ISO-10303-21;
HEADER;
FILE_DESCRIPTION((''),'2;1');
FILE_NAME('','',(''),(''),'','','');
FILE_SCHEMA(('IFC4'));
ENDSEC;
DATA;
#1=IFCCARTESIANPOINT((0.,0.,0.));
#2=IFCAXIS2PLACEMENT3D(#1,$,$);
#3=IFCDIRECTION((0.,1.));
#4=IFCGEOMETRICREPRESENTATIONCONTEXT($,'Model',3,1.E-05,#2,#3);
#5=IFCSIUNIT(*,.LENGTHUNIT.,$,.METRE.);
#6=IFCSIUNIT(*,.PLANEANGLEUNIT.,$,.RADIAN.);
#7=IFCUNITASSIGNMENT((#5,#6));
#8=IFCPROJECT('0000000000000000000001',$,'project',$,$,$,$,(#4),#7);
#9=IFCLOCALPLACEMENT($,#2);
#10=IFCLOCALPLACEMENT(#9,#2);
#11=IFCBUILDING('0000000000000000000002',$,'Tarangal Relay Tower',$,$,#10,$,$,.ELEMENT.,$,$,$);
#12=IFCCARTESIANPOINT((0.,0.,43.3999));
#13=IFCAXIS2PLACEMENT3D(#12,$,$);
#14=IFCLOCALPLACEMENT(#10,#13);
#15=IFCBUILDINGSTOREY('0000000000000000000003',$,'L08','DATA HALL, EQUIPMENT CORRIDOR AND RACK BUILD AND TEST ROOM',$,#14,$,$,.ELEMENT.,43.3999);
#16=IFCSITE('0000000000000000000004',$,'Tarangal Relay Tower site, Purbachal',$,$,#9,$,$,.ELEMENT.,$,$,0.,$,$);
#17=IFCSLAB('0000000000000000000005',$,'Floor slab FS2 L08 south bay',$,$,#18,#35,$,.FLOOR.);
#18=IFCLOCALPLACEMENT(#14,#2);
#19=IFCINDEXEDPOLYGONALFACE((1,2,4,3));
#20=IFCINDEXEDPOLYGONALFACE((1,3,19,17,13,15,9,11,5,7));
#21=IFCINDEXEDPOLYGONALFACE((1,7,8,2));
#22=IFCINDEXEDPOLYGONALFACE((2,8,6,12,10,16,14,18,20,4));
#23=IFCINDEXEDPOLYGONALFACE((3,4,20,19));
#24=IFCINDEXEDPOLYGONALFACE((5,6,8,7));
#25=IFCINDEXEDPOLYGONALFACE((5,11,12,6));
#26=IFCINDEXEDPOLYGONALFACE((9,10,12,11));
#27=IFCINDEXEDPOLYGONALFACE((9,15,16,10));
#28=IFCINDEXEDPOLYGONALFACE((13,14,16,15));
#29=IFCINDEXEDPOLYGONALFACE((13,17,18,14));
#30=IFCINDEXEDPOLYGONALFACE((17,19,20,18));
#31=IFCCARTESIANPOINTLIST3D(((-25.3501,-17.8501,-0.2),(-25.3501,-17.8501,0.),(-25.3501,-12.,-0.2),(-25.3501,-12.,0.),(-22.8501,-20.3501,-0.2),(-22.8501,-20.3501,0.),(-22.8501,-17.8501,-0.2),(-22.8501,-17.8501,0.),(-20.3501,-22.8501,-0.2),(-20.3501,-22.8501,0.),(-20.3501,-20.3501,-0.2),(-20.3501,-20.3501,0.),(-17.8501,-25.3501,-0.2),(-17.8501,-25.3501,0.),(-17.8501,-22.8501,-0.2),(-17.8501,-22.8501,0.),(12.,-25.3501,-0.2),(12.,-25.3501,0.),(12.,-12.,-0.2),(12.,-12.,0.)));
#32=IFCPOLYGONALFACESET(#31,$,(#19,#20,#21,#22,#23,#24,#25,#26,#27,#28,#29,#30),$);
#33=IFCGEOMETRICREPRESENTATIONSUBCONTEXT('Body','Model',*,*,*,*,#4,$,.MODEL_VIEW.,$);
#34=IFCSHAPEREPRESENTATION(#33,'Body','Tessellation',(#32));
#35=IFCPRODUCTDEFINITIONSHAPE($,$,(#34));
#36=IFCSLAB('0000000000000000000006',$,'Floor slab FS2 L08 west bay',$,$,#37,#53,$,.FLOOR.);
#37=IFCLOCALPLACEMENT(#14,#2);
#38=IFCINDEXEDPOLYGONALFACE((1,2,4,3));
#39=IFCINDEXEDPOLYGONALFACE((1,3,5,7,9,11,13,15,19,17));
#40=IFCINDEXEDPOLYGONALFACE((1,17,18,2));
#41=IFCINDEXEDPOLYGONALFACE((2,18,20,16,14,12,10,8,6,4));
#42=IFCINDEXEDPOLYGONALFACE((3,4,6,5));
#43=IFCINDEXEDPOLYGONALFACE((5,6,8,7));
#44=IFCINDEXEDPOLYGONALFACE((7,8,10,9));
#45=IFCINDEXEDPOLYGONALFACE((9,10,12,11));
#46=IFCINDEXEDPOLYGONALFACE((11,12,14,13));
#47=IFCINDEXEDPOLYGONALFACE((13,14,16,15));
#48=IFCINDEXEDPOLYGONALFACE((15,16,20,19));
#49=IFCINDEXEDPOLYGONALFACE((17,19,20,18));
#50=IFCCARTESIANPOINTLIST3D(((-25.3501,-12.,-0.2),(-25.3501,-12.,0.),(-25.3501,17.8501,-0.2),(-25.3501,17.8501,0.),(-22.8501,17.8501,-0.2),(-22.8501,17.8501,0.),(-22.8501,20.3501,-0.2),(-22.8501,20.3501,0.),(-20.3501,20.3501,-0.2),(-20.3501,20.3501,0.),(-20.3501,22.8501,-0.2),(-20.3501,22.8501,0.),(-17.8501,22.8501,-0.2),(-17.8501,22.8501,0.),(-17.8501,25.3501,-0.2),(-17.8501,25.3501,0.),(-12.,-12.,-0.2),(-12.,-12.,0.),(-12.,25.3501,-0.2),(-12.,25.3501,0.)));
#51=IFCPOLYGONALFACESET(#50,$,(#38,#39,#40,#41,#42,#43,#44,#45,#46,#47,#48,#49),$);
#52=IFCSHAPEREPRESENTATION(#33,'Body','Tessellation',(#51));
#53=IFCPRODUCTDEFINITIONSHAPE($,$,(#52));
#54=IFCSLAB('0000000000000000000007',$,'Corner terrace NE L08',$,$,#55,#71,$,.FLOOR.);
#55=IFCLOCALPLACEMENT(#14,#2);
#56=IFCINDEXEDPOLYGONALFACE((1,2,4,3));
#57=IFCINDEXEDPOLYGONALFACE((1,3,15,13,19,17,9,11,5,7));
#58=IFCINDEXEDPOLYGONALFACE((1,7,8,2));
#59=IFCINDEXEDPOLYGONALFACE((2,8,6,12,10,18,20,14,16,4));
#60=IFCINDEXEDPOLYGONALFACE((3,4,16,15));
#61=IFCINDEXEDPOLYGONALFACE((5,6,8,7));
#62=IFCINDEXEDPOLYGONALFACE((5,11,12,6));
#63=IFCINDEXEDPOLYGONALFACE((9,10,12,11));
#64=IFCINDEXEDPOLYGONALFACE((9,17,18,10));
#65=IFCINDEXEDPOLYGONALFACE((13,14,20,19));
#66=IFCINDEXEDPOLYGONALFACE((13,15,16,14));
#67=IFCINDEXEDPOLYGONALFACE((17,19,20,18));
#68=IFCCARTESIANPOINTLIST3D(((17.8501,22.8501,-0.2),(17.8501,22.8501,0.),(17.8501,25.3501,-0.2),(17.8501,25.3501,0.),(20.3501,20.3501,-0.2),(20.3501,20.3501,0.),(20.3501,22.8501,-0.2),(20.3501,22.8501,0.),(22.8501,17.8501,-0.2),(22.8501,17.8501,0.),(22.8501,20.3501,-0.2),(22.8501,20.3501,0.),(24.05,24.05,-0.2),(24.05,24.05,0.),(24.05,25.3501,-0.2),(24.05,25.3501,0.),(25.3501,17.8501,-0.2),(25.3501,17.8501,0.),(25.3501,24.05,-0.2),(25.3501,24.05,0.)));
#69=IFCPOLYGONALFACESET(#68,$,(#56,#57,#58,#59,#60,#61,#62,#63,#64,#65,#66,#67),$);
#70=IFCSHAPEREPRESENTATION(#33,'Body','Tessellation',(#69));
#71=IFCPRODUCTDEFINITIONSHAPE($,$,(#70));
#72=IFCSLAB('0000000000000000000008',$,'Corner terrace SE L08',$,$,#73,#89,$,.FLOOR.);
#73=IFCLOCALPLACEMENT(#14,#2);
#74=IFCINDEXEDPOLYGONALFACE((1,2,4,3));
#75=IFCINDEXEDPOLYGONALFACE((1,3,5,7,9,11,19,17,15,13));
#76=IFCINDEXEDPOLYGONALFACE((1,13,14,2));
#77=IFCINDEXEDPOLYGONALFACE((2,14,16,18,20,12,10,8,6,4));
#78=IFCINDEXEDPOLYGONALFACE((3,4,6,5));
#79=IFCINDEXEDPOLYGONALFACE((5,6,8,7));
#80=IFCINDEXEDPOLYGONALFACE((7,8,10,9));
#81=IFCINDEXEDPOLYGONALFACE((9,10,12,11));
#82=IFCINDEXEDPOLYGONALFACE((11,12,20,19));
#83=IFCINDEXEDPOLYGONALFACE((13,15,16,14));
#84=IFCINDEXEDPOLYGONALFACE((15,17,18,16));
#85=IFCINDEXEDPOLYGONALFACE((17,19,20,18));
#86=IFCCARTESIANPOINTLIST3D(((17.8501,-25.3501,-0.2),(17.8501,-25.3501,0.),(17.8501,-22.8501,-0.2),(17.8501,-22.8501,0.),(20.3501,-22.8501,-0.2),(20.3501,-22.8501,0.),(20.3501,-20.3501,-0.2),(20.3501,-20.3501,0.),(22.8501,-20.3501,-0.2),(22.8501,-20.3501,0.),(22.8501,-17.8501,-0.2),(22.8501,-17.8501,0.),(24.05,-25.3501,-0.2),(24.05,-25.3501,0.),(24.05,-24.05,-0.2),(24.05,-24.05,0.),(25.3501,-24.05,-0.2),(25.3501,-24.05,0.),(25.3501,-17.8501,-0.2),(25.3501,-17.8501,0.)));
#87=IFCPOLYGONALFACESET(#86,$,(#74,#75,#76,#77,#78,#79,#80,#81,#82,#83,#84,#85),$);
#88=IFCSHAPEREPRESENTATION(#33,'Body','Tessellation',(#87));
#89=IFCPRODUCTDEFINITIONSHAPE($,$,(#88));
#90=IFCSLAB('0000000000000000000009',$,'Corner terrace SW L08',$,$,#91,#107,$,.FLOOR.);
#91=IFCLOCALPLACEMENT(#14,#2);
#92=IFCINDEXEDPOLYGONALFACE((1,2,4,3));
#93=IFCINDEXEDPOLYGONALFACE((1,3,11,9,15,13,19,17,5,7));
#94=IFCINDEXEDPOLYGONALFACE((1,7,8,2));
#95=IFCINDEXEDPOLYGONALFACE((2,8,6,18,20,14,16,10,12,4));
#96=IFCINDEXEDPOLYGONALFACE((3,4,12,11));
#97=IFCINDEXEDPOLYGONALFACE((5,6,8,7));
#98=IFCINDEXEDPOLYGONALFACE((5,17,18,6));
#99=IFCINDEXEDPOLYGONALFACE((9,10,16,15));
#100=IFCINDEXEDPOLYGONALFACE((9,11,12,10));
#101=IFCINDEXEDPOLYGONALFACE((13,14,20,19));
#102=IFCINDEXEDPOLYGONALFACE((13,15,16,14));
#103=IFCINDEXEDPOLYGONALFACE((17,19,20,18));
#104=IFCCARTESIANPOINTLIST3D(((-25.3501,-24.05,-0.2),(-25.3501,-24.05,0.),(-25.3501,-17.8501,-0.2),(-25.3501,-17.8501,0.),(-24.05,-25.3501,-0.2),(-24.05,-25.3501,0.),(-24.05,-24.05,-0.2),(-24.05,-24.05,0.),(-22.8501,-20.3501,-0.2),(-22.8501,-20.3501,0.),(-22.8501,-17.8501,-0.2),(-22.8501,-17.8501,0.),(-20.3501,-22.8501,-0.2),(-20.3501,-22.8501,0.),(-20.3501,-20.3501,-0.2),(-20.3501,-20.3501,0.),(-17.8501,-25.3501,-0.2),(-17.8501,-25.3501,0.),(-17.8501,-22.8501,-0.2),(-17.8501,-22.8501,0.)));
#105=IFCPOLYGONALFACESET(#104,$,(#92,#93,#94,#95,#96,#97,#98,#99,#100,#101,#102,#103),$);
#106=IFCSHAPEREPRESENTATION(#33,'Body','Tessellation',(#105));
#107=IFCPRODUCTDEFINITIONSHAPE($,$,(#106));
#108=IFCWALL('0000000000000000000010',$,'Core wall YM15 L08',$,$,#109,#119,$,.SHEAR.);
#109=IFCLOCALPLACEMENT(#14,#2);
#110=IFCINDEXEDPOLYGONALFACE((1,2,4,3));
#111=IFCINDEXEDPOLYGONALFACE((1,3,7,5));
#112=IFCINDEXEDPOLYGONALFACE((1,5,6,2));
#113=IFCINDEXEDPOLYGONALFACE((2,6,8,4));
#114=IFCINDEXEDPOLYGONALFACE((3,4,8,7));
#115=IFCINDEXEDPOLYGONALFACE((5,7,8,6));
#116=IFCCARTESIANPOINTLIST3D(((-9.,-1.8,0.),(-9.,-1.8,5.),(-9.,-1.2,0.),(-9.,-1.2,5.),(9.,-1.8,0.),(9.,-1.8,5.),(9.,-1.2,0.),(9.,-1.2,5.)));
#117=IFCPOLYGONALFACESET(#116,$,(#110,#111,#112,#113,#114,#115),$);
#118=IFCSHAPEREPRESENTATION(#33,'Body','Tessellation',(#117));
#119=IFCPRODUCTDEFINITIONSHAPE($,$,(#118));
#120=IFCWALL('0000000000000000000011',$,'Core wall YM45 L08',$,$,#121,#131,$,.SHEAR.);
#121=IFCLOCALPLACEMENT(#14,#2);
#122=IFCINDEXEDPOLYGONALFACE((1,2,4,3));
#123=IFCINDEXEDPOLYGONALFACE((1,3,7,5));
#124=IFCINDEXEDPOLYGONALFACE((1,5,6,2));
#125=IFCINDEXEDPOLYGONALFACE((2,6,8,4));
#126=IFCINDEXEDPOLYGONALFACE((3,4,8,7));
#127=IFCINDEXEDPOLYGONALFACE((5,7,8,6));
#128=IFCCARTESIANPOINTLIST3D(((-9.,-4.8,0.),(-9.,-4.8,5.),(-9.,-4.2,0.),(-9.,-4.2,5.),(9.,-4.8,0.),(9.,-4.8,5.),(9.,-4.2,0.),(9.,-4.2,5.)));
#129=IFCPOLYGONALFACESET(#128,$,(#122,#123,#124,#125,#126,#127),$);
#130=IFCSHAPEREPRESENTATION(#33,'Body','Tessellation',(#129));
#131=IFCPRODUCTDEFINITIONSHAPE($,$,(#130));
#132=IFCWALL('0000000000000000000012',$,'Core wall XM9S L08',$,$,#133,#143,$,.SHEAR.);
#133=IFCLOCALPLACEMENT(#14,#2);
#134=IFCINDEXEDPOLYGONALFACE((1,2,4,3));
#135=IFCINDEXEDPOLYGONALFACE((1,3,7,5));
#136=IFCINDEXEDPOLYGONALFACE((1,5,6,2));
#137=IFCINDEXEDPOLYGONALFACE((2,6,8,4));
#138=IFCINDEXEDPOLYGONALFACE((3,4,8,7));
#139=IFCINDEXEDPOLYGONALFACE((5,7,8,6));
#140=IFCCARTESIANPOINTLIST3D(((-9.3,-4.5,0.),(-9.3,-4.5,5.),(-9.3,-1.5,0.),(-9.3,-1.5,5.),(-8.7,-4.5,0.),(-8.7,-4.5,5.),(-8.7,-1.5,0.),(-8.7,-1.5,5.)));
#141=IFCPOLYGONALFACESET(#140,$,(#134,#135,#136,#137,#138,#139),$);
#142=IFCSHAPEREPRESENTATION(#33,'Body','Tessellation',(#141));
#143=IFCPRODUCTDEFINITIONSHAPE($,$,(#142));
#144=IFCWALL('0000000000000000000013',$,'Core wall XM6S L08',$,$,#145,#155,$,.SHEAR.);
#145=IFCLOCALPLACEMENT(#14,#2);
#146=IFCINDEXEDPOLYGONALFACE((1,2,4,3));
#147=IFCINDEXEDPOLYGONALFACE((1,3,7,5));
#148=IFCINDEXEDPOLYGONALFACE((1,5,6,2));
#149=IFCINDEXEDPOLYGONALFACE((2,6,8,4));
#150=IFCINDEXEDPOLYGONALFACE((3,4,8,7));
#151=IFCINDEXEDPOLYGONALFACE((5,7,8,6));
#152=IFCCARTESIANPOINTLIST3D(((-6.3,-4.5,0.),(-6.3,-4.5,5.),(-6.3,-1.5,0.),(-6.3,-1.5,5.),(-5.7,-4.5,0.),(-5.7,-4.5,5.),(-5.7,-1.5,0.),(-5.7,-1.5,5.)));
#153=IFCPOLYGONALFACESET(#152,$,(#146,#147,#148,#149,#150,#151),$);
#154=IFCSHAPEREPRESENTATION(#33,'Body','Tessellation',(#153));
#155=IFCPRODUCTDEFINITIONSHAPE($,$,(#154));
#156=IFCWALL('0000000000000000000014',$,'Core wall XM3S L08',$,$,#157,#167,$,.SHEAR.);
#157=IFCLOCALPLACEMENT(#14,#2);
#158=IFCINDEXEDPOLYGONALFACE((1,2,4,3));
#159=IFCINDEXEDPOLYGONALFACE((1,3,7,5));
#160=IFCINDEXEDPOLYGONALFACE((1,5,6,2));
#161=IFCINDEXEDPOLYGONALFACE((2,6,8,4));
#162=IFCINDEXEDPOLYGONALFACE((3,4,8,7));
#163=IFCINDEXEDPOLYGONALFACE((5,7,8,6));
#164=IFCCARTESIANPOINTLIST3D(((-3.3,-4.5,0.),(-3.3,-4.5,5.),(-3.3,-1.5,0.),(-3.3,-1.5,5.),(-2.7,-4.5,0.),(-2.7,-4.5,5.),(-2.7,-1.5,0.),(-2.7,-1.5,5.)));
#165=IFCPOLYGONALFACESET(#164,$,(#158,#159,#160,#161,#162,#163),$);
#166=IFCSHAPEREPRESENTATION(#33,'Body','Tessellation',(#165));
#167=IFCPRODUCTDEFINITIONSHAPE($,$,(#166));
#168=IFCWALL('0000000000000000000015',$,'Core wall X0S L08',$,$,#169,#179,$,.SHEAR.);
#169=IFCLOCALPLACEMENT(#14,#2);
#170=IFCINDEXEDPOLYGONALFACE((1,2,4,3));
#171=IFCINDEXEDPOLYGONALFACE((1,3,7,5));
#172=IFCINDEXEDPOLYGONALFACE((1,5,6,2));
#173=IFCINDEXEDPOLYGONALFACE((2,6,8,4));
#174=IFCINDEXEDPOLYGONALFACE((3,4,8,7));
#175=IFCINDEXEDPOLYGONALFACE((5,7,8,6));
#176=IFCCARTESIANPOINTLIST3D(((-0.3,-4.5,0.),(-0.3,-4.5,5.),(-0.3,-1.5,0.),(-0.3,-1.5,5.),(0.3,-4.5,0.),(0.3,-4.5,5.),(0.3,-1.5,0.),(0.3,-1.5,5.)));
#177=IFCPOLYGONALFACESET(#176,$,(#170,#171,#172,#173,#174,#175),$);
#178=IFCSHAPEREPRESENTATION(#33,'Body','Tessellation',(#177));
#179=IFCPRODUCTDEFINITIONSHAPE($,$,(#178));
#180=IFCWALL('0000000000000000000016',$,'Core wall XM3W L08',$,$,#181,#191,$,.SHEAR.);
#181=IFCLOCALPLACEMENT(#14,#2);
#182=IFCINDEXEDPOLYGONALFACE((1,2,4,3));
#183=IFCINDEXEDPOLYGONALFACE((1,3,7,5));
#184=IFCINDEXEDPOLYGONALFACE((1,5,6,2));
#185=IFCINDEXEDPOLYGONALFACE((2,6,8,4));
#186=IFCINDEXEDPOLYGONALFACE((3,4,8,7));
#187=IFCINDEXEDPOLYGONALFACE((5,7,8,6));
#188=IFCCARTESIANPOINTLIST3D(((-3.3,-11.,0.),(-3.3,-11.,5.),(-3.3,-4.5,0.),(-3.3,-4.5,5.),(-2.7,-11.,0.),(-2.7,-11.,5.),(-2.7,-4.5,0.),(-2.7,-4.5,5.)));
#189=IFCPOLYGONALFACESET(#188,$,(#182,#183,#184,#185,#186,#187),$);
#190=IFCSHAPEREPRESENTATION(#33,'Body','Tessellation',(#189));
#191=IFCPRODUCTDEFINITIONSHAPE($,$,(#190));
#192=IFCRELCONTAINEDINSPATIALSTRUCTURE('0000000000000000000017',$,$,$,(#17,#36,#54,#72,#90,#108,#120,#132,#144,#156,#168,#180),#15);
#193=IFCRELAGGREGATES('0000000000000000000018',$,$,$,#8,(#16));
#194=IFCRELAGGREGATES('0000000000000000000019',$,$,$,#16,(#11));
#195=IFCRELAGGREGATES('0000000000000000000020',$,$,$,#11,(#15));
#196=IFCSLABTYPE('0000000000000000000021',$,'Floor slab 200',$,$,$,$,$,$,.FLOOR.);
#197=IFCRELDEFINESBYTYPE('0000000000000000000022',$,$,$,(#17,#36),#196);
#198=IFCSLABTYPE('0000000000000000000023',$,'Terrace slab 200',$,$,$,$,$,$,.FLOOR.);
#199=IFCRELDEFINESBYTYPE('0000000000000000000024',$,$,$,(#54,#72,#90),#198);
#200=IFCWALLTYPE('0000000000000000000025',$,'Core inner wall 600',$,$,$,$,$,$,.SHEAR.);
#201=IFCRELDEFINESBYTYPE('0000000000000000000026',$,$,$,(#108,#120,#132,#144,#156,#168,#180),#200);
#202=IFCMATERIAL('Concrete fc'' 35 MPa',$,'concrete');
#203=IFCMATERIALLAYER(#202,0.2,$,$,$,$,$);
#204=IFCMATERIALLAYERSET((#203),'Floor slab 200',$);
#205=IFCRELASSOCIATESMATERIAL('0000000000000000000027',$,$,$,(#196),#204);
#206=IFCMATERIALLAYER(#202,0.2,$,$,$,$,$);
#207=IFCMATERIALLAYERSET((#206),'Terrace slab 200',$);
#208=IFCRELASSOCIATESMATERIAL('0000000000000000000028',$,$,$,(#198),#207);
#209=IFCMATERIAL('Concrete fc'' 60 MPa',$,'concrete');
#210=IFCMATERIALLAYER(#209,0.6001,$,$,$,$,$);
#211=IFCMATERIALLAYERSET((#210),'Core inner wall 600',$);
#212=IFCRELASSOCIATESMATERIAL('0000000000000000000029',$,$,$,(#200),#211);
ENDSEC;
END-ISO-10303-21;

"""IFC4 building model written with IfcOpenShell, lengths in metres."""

from ifc_helpers import new_model, si_unit, direction, frame, frame_2d, origin, place, context, subcontext, project, spatial, polyline, rectangle, outline, extrude, material, layer, layer_set, type_object, element, save


model = new_model("IFC4")

# Units and contexts
model_context = context("Model", 3, precision=1e-05, world=origin(), true_north=direction((0.0, 1.0)))
body_context = subcontext(model_context, "Body", "Model", "MODEL_VIEW")
ifc_project = project(units=[si_unit("LENGTHUNIT", "METRE"), si_unit("PLANEANGLEUNIT", "RADIAN")], contexts=[model_context])

# Site, building, storey
site_placement = place(None, origin())
site = spatial("IfcSite", under=ifc_project, at=site_placement, Name="Tarangal Relay Tower site, Purbachal", CompositionType="ELEMENT", RefElevation=0.0)
building_placement = place(site_placement, origin())
building = spatial("IfcBuilding", under=site, at=building_placement, Name="Tarangal Relay Tower", CompositionType="ELEMENT")
storey_placement = place(building_placement, frame((0.0, 0.0, 43.3999)))
storey = spatial("IfcBuildingStorey", under=building, at=storey_placement, Name="L08", Description="DATA HALL, EQUIPMENT CORRIDOR AND RACK BUILD AND TEST ROOM", CompositionType="ELEMENT", Elevation=43.3999)

# Slabs
ifc_material_1 = material(Name="Concrete fc' 35 MPa", Category="concrete")
ifc_layer_1 = layer(ifc_material_1, 0.2)
ifc_layer_set_1 = layer_set([ifc_layer_1], Name="Floor slab 200")
slab_type_1 = type_object("IfcSlabType", Name="Floor slab 200", PredefinedType="FLOOR", material=ifc_layer_set_1)
slab_1_placement = place(storey_placement, frame((0.0, 0.0, -0.2)))
element("IfcSlab", 1, at=slab_1_placement, inside=storey, type_object=slab_type_1, Name="Floor slab FS2 L08 south bay", PredefinedType="FLOOR", context=body_context, shape_type="SweptSolid", body=[
    extrude(outline(polyline([(-17.8501, -25.3501), (-17.8501, -22.8501), (-20.3501, -22.8501), (-20.3501, -20.3501), (-22.8501, -20.3501), (-22.8501, -17.8501), (-25.3501, -17.8501), (-25.3501, -12.0), (12.0, -12.0), (12.0, -25.3501), (-17.8501, -25.3501)])), origin(), (0.0, 0.0, 1.0), 0.2),
])
slab_2_placement = place(storey_placement, frame((0.0, 0.0, -0.2)))
element("IfcSlab", 2, at=slab_2_placement, inside=storey, type_object=slab_type_1, Name="Floor slab FS2 L08 west bay", PredefinedType="FLOOR", context=body_context, shape_type="SweptSolid", body=[
    extrude(outline(polyline([(-12.0, 25.3501), (-12.0, -12.0), (-25.3501, -12.0), (-25.3501, 17.8501), (-22.8501, 17.8501), (-22.8501, 20.3501), (-20.3501, 20.3501), (-20.3501, 22.8501), (-17.8501, 22.8501), (-17.8501, 25.3501), (-12.0, 25.3501)])), origin(), (0.0, 0.0, 1.0), 0.2),
])
ifc_layer_2 = layer(ifc_material_1, 0.2)
ifc_layer_set_2 = layer_set([ifc_layer_2], Name="Terrace slab 200")
slab_type_2 = type_object("IfcSlabType", Name="Terrace slab 200", PredefinedType="FLOOR", material=ifc_layer_set_2)
slab_3_placement = place(storey_placement, frame((0.0, 0.0, -0.2)))
element("IfcSlab", 3, at=slab_3_placement, inside=storey, type_object=slab_type_2, Name="Corner terrace NE L08", PredefinedType="FLOOR", context=body_context, shape_type="SweptSolid", body=[
    extrude(outline(polyline([(17.8501, 25.3501), (17.8501, 22.8501), (20.3501, 22.8501), (20.3501, 20.3501), (22.8501, 20.3501), (22.8501, 17.8501), (25.3501, 17.8501), (25.3501, 24.05), (24.05, 24.05), (24.05, 25.3501), (17.8501, 25.3501)])), origin(), (0.0, 0.0, 1.0), 0.2),
])
slab_4_placement = place(storey_placement, frame((0.0, 0.0, -0.2)))
element("IfcSlab", 4, at=slab_4_placement, inside=storey, type_object=slab_type_2, Name="Corner terrace SE L08", PredefinedType="FLOOR", context=body_context, shape_type="SweptSolid", body=[
    extrude(outline(polyline([(25.3501, -17.8501), (22.8501, -17.8501), (22.8501, -20.3501), (20.3501, -20.3501), (20.3501, -22.8501), (17.8501, -22.8501), (17.8501, -25.3501), (24.05, -25.3501), (24.05, -24.05), (25.3501, -24.05), (25.3501, -17.8501)])), origin(), (0.0, 0.0, 1.0), 0.2),
])
slab_5_placement = place(storey_placement, frame((0.0, 0.0, -0.2)))
element("IfcSlab", 5, at=slab_5_placement, inside=storey, type_object=slab_type_2, Name="Corner terrace SW L08", PredefinedType="FLOOR", context=body_context, shape_type="SweptSolid", body=[
    extrude(outline(polyline([(-17.8501, -25.3501), (-17.8501, -22.8501), (-20.3501, -22.8501), (-20.3501, -20.3501), (-22.8501, -20.3501), (-22.8501, -17.8501), (-25.3501, -17.8501), (-25.3501, -24.05), (-24.05, -24.05), (-24.05, -25.3501), (-17.8501, -25.3501)])), origin(), (0.0, 0.0, 1.0), 0.2),
])

# Walls
ifc_material_2 = material(Name="Concrete fc' 60 MPa", Category="concrete")
ifc_layer_3 = layer(ifc_material_2, 0.6001)
ifc_layer_set_3 = layer_set([ifc_layer_3], Name="Core inner wall 600")
wall_type_1 = type_object("IfcWallType", Name="Core inner wall 600", PredefinedType="SHEAR", material=ifc_layer_set_3)
for number, where, z_axis, x_axis, name in (
    (6, (-9.0, -1.5, 0.0), (0.0, 0.0, 1.0), (1.0, 0.0, 0.0), "Core wall YM15 L08"),
    (7, (-9.0, -4.5, 0.0), (0.0, 0.0, 1.0), (1.0, 0.0, 0.0), "Core wall YM45 L08"),
):
    element("IfcWall", number, at=place(storey_placement, frame(where, z_axis=z_axis, x_axis=x_axis)), inside=storey, type_object=wall_type_1, Name=name, PredefinedType="SHEAR", context=body_context, shape_type="SweptSolid", body=[
        extrude(rectangle(XDim=18.0, YDim=0.6001, at=frame_2d((9.0, 0.0))), origin(), (0.0, 0.0, 1.0), 5.0),
    ])
for number, where, z_axis, x_axis, name in (
    (8, (-9.0, -4.5, 0.0), (0.0, 0.0, 1.0), (0.0, 1.0, 0.0), "Core wall XM9S L08"),
    (9, (-6.0, -4.5, 0.0), (0.0, 0.0, 1.0), (0.0, 1.0, 0.0), "Core wall XM6S L08"),
    (10, (-3.0, -4.5, 0.0), (0.0, 0.0, 1.0), (0.0, 1.0, 0.0), "Core wall XM3S L08"),
    (11, (0.0, -4.5, 0.0), (0.0, 0.0, 1.0), (0.0, 1.0, 0.0), "Core wall X0S L08"),
):
    element("IfcWall", number, at=place(storey_placement, frame(where, z_axis=z_axis, x_axis=x_axis)), inside=storey, type_object=wall_type_1, Name=name, PredefinedType="SHEAR", context=body_context, shape_type="SweptSolid", body=[
        extrude(rectangle(XDim=3.0, YDim=0.6001, at=frame_2d((1.5, 0.0))), origin(), (0.0, 0.0, 1.0), 5.0),
    ])
wall_1_placement = place(storey_placement, frame((-3.0, -11.0, 0.0), z_axis=(0.0, 0.0, 1.0), x_axis=(0.0, 1.0, 0.0)))
element("IfcWall", 12, at=wall_1_placement, inside=storey, type_object=wall_type_1, Name="Core wall XM3W L08", PredefinedType="SHEAR", context=body_context, shape_type="SweptSolid", body=[
    extrude(rectangle(XDim=6.5, YDim=0.6001, at=frame_2d((3.25, 0.0))), origin(), (0.0, 0.0, 1.0), 5.0),
])

save(model, "model.ifc")
